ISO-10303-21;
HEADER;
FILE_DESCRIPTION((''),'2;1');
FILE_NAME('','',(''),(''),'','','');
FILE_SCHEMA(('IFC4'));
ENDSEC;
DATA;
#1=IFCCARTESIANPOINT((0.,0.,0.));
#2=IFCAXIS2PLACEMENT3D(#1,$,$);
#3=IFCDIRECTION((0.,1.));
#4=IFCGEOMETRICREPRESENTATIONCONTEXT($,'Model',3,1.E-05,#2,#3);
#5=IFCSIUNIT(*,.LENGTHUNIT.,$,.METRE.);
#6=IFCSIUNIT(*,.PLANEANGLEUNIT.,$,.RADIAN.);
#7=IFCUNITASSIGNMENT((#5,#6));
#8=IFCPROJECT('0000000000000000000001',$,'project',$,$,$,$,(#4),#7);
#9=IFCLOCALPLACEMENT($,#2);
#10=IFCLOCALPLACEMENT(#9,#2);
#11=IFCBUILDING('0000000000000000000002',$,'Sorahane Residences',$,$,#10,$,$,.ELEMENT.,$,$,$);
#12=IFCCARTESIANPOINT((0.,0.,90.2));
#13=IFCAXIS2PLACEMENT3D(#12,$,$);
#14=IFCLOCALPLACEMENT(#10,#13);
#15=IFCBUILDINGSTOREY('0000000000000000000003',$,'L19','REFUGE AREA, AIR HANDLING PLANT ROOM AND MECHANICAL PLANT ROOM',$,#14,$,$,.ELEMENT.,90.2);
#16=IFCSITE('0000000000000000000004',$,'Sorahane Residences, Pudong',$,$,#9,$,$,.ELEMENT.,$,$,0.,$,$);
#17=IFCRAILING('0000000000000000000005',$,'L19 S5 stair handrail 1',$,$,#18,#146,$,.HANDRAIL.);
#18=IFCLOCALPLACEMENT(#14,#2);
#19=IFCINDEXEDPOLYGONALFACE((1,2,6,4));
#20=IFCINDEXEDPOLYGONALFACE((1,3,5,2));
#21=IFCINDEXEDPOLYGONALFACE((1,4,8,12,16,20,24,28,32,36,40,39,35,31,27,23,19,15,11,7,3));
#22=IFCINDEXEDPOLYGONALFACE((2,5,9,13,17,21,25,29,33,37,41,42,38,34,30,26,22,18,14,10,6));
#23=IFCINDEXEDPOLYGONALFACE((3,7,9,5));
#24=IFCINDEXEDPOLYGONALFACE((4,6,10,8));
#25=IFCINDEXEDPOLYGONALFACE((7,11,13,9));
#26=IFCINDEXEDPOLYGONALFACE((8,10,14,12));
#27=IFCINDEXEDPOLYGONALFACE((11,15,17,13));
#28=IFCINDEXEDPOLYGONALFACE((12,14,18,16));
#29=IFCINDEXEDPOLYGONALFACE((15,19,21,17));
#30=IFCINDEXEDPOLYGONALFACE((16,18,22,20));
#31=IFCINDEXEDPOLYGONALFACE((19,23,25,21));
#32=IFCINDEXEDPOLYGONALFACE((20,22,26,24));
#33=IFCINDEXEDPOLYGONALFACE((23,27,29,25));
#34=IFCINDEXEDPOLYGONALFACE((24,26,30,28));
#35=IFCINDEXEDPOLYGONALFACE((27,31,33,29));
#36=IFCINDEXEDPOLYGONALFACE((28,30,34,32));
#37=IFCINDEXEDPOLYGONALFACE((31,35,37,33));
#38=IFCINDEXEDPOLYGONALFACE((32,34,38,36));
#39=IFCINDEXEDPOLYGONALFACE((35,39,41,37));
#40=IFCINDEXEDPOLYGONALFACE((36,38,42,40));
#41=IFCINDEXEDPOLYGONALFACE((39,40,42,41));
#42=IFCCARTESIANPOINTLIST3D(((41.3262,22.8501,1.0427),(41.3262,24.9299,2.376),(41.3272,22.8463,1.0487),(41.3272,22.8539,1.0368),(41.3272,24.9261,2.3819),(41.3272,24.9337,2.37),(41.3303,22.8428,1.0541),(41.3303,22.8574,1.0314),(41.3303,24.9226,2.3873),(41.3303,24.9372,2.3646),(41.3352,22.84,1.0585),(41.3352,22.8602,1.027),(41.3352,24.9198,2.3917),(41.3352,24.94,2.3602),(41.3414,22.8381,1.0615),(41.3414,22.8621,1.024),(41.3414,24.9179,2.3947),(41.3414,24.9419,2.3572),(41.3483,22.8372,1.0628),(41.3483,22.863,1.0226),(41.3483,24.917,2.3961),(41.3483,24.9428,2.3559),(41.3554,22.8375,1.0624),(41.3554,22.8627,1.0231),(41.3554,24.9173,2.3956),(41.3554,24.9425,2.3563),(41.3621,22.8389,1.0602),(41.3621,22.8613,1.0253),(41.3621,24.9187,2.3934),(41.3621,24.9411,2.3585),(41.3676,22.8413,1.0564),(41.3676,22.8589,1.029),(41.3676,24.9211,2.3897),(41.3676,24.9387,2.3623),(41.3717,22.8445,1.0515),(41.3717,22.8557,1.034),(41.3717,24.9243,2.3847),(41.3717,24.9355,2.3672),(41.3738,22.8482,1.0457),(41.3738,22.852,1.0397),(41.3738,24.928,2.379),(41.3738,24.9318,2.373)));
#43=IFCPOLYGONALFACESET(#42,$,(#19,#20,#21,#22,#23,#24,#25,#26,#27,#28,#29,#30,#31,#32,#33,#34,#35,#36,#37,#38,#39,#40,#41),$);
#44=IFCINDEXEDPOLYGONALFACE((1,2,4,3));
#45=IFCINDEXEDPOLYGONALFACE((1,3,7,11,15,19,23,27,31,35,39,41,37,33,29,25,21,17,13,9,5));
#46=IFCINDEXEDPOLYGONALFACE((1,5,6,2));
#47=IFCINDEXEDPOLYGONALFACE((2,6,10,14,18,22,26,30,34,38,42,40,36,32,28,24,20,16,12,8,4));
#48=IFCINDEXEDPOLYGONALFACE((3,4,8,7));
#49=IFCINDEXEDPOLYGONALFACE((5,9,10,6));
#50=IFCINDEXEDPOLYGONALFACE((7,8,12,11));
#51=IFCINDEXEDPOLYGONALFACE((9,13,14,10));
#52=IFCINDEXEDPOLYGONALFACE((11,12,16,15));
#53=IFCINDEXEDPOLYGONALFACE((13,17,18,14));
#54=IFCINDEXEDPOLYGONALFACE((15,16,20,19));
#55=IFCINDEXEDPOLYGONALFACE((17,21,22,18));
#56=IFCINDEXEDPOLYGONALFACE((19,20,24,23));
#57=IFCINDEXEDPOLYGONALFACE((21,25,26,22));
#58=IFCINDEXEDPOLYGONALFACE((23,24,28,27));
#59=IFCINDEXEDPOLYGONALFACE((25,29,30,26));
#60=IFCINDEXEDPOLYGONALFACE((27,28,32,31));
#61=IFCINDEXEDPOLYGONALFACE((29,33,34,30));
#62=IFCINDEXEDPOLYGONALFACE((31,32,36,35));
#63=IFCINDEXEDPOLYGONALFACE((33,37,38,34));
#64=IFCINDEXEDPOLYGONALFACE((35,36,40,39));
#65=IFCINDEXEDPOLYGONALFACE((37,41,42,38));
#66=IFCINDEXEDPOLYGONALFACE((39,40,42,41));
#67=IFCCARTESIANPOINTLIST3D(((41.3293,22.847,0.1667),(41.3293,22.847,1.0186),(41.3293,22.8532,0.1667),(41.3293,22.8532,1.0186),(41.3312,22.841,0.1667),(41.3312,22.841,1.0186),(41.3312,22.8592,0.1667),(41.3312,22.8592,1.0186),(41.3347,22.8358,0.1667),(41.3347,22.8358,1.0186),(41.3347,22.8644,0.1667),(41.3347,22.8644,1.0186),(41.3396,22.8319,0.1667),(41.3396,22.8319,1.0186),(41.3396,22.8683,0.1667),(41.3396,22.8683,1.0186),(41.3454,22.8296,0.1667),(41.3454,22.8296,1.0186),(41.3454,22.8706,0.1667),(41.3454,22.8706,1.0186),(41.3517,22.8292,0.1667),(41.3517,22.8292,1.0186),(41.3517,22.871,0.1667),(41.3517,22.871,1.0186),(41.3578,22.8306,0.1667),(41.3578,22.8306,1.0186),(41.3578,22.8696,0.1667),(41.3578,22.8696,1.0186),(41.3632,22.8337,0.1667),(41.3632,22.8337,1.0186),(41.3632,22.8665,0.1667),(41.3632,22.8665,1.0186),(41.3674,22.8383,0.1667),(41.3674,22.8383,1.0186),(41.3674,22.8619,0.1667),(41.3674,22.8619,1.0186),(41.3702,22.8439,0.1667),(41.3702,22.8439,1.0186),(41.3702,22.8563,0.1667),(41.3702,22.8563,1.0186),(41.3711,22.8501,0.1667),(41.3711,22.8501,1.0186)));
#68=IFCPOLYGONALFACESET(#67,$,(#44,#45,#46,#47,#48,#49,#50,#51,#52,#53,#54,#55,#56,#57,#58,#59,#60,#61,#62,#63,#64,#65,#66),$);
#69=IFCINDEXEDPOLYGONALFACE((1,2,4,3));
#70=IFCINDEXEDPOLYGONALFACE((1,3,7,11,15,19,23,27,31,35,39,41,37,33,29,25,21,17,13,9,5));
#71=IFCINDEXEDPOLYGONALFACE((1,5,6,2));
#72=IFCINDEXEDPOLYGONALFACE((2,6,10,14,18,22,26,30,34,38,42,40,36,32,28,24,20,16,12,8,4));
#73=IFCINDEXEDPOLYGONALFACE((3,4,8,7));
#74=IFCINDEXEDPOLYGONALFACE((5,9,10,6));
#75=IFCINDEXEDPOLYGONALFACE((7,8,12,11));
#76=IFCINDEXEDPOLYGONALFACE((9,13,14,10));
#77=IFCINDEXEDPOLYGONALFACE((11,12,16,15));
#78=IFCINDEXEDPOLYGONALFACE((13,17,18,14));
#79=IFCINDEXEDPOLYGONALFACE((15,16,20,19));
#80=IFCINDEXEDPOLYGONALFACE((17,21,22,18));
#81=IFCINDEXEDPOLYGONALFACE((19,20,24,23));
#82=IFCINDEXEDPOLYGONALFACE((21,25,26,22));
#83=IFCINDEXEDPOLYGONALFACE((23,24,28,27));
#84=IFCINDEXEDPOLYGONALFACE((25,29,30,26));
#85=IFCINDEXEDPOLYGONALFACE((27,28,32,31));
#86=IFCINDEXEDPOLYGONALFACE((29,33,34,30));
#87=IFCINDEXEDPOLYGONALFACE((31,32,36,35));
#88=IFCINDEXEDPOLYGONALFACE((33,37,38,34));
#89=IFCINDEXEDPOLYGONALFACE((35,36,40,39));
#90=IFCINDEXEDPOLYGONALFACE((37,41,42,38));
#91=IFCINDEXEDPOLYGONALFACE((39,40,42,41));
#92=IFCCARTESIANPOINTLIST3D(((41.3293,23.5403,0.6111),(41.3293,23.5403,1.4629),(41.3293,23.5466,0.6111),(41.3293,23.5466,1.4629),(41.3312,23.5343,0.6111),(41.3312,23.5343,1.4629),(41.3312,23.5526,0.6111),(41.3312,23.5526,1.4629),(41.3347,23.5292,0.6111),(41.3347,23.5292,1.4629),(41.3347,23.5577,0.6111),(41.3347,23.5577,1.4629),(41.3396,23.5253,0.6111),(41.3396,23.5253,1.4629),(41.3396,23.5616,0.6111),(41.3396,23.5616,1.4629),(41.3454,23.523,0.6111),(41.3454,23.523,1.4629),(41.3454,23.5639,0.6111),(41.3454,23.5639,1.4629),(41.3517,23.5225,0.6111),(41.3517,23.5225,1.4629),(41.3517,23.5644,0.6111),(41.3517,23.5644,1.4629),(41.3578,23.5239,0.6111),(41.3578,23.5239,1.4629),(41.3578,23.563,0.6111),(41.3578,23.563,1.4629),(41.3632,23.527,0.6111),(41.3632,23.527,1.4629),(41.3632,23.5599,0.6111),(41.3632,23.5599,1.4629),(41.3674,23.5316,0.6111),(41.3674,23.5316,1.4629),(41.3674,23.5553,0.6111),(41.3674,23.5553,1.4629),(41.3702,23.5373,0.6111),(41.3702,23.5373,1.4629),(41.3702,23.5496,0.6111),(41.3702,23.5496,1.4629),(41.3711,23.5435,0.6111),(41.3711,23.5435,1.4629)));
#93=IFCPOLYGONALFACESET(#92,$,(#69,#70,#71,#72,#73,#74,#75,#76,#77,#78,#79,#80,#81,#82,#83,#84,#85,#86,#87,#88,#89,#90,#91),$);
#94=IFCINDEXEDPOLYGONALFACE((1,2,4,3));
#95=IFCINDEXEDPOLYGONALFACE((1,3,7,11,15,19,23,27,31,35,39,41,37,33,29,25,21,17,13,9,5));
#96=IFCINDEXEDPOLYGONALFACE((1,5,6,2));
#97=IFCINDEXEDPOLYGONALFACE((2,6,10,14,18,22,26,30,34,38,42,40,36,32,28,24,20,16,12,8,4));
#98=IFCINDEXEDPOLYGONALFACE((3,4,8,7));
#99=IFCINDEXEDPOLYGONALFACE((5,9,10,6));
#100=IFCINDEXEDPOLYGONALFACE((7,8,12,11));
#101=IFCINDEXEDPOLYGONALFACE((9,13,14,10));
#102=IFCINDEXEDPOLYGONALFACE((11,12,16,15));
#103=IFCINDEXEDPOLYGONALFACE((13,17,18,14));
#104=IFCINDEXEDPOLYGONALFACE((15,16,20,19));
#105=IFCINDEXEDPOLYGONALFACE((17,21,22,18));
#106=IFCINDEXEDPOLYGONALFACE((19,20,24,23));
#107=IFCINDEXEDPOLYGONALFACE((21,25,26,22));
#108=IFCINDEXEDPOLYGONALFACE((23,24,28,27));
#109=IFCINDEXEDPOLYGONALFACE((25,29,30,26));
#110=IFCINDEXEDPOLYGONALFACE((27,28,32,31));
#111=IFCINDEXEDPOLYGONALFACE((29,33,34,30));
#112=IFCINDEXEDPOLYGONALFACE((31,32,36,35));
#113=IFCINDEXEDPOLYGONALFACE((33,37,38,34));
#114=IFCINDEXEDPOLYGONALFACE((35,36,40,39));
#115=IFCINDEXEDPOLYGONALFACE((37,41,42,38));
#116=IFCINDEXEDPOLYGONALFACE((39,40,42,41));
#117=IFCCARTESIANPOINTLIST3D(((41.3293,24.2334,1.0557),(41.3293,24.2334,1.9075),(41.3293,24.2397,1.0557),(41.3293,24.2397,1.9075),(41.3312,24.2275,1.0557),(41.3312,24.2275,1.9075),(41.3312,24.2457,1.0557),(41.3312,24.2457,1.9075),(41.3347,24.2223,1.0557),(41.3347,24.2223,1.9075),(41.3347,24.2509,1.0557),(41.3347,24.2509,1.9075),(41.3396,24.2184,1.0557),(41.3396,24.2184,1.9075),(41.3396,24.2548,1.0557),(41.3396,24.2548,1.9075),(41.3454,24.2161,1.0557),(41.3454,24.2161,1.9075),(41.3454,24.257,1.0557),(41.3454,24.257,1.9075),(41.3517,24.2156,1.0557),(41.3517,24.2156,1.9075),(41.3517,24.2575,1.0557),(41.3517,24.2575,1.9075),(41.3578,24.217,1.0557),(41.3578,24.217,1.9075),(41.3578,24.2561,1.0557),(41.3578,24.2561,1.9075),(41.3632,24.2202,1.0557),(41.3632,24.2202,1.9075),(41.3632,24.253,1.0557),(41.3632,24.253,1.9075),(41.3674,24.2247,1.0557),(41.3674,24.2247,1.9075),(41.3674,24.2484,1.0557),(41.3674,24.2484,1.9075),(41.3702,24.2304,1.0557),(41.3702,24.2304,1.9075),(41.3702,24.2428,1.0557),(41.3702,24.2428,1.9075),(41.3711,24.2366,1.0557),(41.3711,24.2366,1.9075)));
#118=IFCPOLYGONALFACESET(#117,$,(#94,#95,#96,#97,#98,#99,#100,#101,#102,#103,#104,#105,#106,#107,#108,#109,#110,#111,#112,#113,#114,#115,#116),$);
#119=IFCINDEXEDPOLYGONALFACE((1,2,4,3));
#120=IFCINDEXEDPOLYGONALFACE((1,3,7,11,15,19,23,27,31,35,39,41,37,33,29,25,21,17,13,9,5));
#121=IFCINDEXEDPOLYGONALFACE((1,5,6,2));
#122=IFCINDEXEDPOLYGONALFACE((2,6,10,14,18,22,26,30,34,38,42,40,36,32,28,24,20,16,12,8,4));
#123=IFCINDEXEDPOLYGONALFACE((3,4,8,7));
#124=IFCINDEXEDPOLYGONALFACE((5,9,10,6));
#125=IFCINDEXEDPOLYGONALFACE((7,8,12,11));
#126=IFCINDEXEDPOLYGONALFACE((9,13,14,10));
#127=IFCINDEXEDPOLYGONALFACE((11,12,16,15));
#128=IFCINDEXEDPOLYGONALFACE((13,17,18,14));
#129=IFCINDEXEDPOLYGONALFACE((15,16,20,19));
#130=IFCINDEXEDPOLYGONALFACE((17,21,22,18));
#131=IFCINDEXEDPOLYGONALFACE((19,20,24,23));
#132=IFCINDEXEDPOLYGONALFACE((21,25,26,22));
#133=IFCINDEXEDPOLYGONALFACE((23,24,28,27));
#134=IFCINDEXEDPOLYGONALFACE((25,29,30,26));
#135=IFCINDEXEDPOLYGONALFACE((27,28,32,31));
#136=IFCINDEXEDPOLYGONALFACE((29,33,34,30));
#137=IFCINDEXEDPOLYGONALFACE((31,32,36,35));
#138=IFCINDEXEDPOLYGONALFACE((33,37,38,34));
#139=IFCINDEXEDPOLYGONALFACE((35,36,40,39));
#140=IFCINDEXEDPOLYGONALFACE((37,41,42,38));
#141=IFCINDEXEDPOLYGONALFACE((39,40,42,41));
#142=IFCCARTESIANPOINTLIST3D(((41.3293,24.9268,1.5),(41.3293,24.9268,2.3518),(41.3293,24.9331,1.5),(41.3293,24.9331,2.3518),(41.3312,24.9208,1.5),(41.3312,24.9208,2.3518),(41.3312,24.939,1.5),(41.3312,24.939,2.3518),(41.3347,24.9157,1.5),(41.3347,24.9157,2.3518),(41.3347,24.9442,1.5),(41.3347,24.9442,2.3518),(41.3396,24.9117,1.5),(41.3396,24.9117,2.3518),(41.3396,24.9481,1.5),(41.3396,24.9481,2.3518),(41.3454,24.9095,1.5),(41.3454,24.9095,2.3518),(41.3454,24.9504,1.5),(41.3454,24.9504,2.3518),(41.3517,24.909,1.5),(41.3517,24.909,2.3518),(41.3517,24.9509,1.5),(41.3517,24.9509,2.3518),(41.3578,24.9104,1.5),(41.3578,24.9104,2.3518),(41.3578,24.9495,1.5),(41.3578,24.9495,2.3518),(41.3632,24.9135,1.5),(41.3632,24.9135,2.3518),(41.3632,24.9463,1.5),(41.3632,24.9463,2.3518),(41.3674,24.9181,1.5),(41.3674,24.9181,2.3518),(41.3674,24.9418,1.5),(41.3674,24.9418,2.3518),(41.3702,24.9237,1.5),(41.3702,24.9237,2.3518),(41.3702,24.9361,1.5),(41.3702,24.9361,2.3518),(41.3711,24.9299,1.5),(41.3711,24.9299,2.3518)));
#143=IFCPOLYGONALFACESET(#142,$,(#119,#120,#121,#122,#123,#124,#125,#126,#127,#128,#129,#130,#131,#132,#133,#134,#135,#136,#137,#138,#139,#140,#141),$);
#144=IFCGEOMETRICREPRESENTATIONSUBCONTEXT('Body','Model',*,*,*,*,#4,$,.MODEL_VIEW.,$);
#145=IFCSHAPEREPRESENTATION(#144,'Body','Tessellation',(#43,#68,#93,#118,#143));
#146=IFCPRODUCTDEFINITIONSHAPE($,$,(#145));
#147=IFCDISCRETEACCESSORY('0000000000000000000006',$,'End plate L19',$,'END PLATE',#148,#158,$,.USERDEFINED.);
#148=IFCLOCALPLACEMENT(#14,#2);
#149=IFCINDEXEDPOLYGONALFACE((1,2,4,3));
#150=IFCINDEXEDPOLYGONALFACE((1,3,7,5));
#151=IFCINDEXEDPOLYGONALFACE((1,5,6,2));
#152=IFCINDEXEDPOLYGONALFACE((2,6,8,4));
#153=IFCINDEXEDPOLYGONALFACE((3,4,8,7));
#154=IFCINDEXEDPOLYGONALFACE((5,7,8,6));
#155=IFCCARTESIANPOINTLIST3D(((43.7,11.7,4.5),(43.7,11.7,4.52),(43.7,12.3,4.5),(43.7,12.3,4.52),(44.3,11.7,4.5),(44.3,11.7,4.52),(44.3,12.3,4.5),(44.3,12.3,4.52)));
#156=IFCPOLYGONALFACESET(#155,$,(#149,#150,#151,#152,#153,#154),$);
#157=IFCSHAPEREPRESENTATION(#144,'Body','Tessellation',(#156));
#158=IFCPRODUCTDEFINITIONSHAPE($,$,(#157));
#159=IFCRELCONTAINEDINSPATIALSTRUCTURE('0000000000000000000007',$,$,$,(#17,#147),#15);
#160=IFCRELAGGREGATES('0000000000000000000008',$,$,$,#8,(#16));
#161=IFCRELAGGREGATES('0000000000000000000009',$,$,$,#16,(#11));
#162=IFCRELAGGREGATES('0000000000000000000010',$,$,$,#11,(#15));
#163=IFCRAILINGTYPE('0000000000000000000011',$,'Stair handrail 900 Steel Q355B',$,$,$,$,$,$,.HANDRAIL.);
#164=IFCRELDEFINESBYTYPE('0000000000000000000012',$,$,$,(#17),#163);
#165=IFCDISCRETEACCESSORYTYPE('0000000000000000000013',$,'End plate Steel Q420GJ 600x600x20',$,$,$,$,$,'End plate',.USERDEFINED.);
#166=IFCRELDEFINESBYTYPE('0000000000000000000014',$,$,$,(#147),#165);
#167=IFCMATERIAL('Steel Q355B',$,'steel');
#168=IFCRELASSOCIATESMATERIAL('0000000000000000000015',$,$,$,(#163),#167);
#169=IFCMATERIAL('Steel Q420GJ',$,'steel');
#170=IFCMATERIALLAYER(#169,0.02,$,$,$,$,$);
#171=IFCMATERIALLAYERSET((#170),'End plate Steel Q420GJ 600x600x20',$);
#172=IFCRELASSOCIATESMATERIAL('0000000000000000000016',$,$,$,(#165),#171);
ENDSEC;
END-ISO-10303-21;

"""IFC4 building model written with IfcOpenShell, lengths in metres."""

from ifc_helpers import new_model, si_unit, direction, frame, origin, origin_2d, place, context, subcontext, project, spatial, rectangle, circle, extrude, material, layer, layer_set, type_object, element, save


model = new_model("IFC4")

# Units and contexts
model_context = context("Model", 3, precision=1e-05, world=origin(), true_north=direction((0.0, 1.0)))
body_context = subcontext(model_context, "Body", "Model", "MODEL_VIEW")
ifc_project = project(units=[si_unit("LENGTHUNIT", "METRE"), si_unit("PLANEANGLEUNIT", "RADIAN")], contexts=[model_context])

# Site, building, storey
site_placement = place(None, origin())
site = spatial("IfcSite", under=ifc_project, at=site_placement, Name="Sorahane Residences, Pudong", CompositionType="ELEMENT", RefElevation=0.0)
building_placement = place(site_placement, origin())
building = spatial("IfcBuilding", under=site, at=building_placement, Name="Sorahane Residences", CompositionType="ELEMENT")
storey_placement = place(building_placement, frame((0.0, 0.0, 90.2)))
storey = spatial("IfcBuildingStorey", under=building, at=storey_placement, Name="L19", Description="REFUGE AREA, AIR HANDLING PLANT ROOM AND MECHANICAL PLANT ROOM", CompositionType="ELEMENT", Elevation=90.2)

# Railing
ifc_material_1 = material(Name="Steel Q355B", Category="steel")
railing_type_1 = type_object("IfcRailingType", Name="Stair handrail 900 Steel Q355B", PredefinedType="HANDRAIL", material=ifc_material_1)
railing_1_placement = place(storey_placement, frame((41.3501, 22.8501, 0.1667)))
element("IfcRailing", 1, at=railing_1_placement, inside=storey, type_object=railing_type_1, Name="L19 S5 stair handrail 1", PredefinedType="HANDRAIL", context=body_context, shape_type="SweptSolid", body=[
    extrude(circle(Radius=0.0239, at=origin_2d()), frame((0.0, 0.0, 0.876), z_axis=(0.0, 0.841875, 0.539673), x_axis=(-1.0, 0.0, 0.0)), (0.0, 0.0, 1.0), 2.4705),
    extrude(circle(Radius=0.021, at=origin_2d()), origin(), (0.0, 0.0, 1.0), 0.8518),
    extrude(circle(Radius=0.021, at=origin_2d()), frame((0.0, 0.6934, 0.4443)), (0.0, 0.0, 1.0), 0.8518),
    extrude(circle(Radius=0.021, at=origin_2d()), frame((0.0, 1.3865, 0.8889)), (0.0, 0.0, 1.0), 0.8518),
    extrude(circle(Radius=0.021, at=origin_2d()), frame((0.0, 2.0798, 1.3333)), (0.0, 0.0, 1.0), 0.8518),
])

# Discrete accessory
ifc_material_2 = material(Name="Steel Q420GJ", Category="steel")
ifc_layer_1 = layer(ifc_material_2, 0.02)
ifc_layer_set_1 = layer_set([ifc_layer_1], Name="End plate Steel Q420GJ 600x600x20")
discrete_accessory_type = type_object("IfcDiscreteAccessoryType", Name="End plate Steel Q420GJ 600x600x20", ElementType="End plate", PredefinedType="USERDEFINED", material=ifc_layer_set_1)
discrete_accessory_placement = place(storey_placement, frame((44.0, 12.0, 4.5), z_axis=(0.0, 0.0, 1.0), x_axis=(1.0, 0.0, 0.0)))
element("IfcDiscreteAccessory", 2, at=discrete_accessory_placement, inside=storey, type_object=discrete_accessory_type, Name="End plate L19", ObjectType="END PLATE", PredefinedType="USERDEFINED", context=body_context, shape_type="SweptSolid", body=[
    extrude(rectangle(XDim=0.6001, YDim=0.6001, at=origin_2d()), origin(), (0.0, 0.0, 1.0), 0.02),
])

save(model, "model.ifc")
